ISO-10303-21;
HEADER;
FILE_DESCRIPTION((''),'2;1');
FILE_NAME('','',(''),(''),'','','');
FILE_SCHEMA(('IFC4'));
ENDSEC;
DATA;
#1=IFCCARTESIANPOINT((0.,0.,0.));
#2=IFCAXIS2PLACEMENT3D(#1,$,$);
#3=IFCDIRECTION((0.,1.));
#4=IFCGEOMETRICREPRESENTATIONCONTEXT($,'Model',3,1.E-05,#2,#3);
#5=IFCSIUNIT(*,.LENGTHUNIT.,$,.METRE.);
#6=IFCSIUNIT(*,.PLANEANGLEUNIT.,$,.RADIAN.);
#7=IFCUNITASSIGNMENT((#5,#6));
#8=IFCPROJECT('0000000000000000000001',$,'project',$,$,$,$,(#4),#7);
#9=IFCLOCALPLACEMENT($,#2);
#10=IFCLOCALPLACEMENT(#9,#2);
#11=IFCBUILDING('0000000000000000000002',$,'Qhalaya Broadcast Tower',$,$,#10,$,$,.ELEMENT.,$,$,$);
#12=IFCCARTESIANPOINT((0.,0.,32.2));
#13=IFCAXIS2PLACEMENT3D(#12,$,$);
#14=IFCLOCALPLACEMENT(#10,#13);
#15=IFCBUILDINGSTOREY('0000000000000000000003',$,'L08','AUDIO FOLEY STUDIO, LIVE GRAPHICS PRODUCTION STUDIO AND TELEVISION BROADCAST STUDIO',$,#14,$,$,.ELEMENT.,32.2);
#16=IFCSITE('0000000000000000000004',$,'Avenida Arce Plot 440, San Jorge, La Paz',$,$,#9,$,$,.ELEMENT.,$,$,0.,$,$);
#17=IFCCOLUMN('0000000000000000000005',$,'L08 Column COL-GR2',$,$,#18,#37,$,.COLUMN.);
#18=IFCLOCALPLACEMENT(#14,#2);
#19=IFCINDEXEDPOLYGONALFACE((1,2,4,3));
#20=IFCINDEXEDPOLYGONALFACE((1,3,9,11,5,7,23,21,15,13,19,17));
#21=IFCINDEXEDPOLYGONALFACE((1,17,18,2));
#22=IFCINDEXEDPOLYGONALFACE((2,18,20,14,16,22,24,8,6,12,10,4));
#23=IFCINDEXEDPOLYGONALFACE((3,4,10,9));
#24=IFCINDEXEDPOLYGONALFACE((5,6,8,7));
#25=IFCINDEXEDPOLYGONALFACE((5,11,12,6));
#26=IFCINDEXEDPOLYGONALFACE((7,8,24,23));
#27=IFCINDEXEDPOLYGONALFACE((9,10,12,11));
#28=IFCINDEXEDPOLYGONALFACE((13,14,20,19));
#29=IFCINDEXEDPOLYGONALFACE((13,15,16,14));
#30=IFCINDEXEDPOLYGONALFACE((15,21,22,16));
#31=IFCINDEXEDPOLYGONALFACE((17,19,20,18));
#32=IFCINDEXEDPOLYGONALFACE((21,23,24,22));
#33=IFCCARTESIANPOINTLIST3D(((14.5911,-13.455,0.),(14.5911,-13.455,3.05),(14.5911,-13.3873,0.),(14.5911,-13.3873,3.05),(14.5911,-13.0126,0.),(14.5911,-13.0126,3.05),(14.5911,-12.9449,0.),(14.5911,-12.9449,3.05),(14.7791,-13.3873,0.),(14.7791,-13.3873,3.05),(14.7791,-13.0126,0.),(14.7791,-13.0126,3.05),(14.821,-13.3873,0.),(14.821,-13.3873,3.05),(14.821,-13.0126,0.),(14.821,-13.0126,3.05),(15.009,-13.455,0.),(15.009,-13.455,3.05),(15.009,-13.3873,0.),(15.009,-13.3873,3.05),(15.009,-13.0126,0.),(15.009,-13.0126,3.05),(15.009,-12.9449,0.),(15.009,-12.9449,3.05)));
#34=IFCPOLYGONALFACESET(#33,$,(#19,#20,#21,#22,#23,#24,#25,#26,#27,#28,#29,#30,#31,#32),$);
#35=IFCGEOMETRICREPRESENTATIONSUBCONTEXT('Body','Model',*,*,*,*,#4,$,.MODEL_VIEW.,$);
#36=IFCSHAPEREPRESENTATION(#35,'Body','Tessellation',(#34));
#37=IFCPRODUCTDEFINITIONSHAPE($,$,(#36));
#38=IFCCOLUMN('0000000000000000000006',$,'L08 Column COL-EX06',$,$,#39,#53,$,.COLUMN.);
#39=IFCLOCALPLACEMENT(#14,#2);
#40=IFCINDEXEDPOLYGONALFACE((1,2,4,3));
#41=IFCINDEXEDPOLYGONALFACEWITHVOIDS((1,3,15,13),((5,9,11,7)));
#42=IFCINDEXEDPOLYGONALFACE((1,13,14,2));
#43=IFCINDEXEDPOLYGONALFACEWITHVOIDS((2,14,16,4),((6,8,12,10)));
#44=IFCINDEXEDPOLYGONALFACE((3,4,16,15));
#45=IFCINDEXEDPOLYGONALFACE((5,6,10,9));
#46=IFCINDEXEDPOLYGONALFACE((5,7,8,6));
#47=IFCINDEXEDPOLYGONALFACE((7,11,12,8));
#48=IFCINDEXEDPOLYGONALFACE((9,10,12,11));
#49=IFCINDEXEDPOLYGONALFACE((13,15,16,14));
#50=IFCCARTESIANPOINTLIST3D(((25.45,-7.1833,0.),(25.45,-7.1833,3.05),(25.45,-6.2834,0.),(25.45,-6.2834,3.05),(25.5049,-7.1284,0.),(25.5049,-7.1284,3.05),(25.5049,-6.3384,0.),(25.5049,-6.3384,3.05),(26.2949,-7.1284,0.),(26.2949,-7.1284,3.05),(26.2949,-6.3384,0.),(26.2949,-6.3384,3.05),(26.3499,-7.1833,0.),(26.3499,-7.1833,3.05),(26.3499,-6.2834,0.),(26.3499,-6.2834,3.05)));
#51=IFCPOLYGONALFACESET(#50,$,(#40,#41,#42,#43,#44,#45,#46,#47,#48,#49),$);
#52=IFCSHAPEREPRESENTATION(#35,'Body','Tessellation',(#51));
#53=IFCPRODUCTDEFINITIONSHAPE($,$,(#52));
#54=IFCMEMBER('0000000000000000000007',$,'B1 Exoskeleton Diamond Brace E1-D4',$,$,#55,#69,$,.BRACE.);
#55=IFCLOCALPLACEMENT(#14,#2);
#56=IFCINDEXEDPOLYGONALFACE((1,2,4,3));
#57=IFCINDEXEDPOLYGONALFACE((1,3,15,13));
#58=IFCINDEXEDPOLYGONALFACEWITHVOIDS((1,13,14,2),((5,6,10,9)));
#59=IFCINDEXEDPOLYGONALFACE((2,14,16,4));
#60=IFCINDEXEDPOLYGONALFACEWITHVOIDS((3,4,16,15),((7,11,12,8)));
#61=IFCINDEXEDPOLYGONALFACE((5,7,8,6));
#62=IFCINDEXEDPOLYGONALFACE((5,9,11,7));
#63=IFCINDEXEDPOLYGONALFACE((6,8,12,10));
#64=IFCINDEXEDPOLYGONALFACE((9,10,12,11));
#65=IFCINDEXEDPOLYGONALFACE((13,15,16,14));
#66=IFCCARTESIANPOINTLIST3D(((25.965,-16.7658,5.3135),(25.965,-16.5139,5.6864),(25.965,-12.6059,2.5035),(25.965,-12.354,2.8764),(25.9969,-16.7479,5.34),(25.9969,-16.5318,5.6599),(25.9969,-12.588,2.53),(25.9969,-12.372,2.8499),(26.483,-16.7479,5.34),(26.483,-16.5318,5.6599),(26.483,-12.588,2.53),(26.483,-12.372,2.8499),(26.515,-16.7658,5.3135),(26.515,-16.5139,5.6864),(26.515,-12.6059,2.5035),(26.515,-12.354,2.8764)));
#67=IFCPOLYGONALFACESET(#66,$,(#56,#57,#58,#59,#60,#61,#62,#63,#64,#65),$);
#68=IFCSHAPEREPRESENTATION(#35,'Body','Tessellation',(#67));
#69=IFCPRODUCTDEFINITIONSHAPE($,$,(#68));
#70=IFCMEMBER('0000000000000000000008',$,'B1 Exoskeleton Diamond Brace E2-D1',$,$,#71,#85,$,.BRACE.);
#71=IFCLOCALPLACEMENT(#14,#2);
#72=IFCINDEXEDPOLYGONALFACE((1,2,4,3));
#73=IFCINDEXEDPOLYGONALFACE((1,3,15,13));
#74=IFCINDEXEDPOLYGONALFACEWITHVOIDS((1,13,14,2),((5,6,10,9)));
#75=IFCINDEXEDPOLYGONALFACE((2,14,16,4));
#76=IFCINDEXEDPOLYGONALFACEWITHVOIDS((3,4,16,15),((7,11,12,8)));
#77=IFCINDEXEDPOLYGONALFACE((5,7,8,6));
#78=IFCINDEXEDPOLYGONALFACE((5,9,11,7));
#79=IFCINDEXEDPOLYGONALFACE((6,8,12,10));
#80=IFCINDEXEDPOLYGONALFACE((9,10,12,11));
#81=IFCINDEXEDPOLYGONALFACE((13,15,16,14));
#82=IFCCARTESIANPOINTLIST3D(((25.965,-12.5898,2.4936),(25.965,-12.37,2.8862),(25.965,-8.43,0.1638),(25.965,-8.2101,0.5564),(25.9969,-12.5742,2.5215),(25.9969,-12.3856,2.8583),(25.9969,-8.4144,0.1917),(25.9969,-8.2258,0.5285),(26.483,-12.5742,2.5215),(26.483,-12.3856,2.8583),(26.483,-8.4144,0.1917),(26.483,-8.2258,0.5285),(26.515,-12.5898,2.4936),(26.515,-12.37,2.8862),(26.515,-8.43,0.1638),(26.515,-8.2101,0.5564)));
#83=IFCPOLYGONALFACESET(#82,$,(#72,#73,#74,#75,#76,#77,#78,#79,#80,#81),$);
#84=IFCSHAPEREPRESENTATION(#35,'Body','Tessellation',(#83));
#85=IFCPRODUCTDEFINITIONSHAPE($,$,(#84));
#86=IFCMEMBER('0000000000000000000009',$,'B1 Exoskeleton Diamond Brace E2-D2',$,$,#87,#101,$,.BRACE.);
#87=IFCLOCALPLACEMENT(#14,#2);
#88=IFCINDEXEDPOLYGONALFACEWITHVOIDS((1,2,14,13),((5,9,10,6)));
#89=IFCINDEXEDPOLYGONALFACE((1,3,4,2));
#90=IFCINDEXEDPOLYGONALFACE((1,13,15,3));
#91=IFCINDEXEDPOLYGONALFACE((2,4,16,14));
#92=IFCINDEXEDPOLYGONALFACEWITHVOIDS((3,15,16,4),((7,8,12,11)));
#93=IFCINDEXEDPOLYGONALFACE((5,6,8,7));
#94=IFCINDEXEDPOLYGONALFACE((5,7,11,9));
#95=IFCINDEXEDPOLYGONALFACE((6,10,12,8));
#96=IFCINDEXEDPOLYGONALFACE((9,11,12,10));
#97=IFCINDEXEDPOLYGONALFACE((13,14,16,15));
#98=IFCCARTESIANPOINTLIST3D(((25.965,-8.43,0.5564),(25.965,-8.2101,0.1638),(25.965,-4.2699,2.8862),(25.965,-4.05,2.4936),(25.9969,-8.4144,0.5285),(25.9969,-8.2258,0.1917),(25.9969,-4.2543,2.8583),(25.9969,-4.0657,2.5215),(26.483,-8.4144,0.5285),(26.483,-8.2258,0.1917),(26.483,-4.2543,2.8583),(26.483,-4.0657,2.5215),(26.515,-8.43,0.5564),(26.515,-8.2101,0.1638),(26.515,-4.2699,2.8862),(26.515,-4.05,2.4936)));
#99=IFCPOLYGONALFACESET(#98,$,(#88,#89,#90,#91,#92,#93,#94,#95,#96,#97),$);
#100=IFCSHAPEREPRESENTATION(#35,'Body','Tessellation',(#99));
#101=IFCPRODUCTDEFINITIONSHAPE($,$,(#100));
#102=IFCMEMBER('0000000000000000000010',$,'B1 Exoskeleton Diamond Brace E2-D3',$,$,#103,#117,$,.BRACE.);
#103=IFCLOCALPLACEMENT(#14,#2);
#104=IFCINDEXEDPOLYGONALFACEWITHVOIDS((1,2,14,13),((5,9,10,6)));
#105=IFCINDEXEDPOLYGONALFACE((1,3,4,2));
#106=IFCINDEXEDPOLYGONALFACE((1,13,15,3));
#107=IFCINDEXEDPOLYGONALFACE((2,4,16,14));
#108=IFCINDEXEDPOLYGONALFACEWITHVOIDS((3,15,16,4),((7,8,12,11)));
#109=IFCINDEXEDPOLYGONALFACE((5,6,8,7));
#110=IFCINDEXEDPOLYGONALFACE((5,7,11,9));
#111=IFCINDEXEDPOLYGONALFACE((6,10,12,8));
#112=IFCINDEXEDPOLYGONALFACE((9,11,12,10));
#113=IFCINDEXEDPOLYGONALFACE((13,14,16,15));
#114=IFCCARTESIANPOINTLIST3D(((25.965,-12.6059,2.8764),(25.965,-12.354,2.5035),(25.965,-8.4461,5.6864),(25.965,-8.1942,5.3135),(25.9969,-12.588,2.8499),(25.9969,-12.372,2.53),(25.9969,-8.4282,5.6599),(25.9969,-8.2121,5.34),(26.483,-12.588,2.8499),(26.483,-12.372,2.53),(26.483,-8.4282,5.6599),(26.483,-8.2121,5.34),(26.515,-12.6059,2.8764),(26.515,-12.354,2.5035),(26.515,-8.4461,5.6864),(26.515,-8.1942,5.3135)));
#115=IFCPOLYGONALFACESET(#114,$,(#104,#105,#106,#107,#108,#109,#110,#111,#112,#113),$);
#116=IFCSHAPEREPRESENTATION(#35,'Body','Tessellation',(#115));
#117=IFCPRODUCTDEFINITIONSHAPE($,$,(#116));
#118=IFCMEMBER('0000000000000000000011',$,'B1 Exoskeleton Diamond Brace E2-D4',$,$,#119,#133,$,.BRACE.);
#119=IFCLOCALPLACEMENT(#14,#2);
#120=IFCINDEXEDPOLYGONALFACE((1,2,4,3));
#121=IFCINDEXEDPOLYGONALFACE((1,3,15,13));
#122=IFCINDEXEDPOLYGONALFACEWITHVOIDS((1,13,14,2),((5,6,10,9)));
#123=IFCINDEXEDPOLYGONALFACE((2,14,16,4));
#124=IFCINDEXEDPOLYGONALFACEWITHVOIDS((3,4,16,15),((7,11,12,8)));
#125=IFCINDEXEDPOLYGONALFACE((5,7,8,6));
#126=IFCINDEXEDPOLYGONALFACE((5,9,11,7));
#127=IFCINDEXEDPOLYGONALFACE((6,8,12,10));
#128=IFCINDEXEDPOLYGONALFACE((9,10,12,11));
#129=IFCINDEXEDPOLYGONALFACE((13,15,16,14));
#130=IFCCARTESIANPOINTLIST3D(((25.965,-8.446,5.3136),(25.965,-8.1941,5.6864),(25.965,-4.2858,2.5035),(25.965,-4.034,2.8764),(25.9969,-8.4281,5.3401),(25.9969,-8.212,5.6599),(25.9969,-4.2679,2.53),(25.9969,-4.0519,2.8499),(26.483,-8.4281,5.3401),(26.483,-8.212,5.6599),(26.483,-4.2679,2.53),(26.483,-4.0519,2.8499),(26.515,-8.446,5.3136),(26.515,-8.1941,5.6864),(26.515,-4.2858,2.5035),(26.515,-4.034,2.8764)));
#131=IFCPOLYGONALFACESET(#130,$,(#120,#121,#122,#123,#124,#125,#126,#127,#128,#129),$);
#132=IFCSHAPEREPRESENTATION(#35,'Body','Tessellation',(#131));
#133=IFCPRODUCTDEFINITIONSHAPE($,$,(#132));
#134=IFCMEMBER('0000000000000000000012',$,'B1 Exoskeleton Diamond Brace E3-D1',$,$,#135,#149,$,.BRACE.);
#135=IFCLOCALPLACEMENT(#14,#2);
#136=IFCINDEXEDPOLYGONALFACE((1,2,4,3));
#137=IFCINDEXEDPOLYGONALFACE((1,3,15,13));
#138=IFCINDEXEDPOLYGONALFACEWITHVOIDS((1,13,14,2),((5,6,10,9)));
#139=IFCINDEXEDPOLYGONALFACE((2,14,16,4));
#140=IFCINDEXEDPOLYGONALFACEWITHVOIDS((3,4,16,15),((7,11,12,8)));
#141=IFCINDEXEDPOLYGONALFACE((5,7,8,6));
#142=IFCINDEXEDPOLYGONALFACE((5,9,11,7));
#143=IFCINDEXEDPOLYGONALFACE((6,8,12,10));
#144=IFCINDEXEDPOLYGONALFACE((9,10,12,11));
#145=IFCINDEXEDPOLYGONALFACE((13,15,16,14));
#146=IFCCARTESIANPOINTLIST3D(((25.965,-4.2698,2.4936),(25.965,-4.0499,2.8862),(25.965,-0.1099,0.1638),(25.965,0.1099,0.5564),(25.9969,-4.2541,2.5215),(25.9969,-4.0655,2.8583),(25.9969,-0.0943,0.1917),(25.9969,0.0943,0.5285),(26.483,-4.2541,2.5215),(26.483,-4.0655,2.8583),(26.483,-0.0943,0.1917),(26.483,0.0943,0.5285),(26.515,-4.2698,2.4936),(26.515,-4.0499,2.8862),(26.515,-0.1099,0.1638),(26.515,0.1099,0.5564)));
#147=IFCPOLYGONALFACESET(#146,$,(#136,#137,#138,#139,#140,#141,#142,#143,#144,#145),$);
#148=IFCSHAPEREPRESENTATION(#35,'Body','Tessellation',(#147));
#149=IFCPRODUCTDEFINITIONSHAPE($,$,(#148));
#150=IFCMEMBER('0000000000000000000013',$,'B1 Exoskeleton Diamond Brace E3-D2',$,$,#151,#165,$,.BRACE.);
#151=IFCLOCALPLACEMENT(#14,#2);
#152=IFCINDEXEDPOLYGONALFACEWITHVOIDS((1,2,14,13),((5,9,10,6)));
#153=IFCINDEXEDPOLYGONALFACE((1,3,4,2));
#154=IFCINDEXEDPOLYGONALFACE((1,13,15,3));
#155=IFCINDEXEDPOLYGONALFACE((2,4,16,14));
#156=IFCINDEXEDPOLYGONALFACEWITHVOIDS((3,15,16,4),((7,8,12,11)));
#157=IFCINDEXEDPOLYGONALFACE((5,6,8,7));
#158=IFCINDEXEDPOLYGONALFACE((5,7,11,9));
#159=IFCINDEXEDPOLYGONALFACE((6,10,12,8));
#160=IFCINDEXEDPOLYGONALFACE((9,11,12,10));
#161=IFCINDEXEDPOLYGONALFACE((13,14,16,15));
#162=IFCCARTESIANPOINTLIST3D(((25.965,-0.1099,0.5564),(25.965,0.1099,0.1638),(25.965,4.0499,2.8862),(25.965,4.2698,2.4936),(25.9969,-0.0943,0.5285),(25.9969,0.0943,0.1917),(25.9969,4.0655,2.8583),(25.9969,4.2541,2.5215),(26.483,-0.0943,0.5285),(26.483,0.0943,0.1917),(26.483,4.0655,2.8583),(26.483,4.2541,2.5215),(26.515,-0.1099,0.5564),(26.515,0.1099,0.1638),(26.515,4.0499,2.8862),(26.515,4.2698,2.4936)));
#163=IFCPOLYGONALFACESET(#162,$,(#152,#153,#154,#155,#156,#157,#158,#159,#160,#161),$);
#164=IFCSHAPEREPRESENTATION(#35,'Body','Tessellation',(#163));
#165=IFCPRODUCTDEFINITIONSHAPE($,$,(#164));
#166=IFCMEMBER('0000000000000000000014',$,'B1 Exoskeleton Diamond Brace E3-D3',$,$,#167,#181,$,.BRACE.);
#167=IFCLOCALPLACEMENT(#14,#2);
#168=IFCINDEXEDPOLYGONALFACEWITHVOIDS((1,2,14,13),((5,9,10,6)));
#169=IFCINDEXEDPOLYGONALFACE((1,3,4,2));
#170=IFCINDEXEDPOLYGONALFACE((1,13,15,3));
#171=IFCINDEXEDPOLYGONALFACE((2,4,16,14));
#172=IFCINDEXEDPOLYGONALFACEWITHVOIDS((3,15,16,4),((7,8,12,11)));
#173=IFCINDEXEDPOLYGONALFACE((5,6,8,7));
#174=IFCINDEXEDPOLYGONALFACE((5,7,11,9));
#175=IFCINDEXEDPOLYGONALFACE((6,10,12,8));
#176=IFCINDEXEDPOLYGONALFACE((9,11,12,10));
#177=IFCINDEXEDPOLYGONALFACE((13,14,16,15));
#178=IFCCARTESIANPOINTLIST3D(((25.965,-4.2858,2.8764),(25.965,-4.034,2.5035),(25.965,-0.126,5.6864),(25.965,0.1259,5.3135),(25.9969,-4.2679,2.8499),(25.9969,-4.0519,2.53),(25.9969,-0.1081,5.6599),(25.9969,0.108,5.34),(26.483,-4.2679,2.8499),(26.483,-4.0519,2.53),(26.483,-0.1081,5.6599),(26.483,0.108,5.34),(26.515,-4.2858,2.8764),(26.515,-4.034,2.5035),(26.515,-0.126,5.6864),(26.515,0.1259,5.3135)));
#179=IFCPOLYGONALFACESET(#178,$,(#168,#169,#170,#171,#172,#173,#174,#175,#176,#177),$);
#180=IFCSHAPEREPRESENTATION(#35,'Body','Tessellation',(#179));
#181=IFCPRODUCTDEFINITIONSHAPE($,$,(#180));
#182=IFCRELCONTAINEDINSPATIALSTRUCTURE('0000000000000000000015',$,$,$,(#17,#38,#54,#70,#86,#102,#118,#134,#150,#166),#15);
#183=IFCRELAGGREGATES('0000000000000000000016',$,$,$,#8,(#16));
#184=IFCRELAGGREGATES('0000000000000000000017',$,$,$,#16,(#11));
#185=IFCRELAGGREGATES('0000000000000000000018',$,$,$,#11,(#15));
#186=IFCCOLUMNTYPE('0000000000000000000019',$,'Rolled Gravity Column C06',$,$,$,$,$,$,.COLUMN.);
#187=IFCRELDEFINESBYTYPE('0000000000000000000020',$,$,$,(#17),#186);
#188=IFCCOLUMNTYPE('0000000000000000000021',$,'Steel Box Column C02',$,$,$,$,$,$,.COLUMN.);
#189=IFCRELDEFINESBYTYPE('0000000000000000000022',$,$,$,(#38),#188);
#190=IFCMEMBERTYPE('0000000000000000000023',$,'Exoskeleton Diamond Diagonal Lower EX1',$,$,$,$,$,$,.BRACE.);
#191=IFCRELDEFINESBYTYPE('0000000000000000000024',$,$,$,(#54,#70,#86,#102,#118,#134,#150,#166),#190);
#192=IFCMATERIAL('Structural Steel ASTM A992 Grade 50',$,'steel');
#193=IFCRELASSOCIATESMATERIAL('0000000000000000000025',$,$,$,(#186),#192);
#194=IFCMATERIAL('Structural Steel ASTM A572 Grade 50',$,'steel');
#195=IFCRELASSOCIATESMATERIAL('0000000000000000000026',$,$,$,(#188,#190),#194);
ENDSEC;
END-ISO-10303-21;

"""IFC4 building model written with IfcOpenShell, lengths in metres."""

from ifc_helpers import new_model, si_unit, direction, frame, origin, origin_2d, place, context, subcontext, project, spatial, hollow_rectangle, i_section, extrude, material, material_profile, profile_set, type_object, element, save


model = new_model("IFC4")

# Units and contexts
model_context = context("Model", 3, precision=1e-05, world=origin(), true_north=direction((0.0, 1.0)))
body_context = subcontext(model_context, "Body", "Model", "MODEL_VIEW")
ifc_project = project(units=[si_unit("LENGTHUNIT", "METRE"), si_unit("PLANEANGLEUNIT", "RADIAN")], contexts=[model_context])

# Site, building, storey
site_placement = place(None, origin())
site = spatial("IfcSite", under=ifc_project, at=site_placement, Name="Avenida Arce Plot 440, San Jorge, La Paz", CompositionType="ELEMENT", RefElevation=0.0)
building_placement = place(site_placement, origin())
building = spatial("IfcBuilding", under=site, at=building_placement, Name="Qhalaya Broadcast Tower", CompositionType="ELEMENT")
storey_placement = place(building_placement, frame((0.0, 0.0, 32.2)))
storey = spatial("IfcBuildingStorey", under=building, at=storey_placement, Name="L08", Description="AUDIO FOLEY STUDIO, LIVE GRAPHICS PRODUCTION STUDIO AND TELEVISION BROADCAST STUDIO", CompositionType="ELEMENT", Elevation=32.2)

# Columns
ifc_material_1 = material(Name="Structural Steel ASTM A992 Grade 50", Category="steel")
ifc_material_profile_1 = material_profile(ifc_material_1, i_section(OverallWidth=0.418, OverallDepth=0.51, WebThickness=0.042, FlangeThickness=0.0676, at=origin_2d()), Name="W14X370")
ifc_profile_set_1 = profile_set([ifc_material_profile_1], Name="Structural Steel ASTM A992 Grade 50")
column_type_1 = type_object("IfcColumnType", Name="Rolled Gravity Column C06", PredefinedType="COLUMN", material=ifc_profile_set_1)
column_1_placement = place(storey_placement, frame((14.8, -13.2, 0.0), z_axis=(0.0, 0.0, 1.0), x_axis=(1.0, 0.0, 0.0)))
element("IfcColumn", 1, at=column_1_placement, inside=storey, type_object=column_type_1, Name="L08 Column COL-GR2", PredefinedType="COLUMN", context=body_context, shape_type="SweptSolid", body=[
    extrude(i_section(OverallWidth=0.418, OverallDepth=0.51, WebThickness=0.042, FlangeThickness=0.0676, at=origin_2d()), origin(), (0.0, 0.0, 1.0), 3.05),
])
ifc_material_2 = material(Name="Structural Steel ASTM A572 Grade 50", Category="steel")
ifc_material_profile_2 = material_profile(ifc_material_2, hollow_rectangle(XDim=0.8999, YDim=0.8999, WallThickness=0.0549, at=origin_2d()), Name="BOX 900x900x55")
ifc_profile_set_2 = profile_set([ifc_material_profile_2], Name="Structural Steel ASTM A572 Grade 50")
column_type_2 = type_object("IfcColumnType", Name="Steel Box Column C02", PredefinedType="COLUMN", material=ifc_profile_set_2)
column_2_placement = place(storey_placement, frame((25.8999, -6.7334, 0.0), z_axis=(0.0, 0.0, 1.0), x_axis=(0.0, 1.0, 0.0)))
element("IfcColumn", 2, at=column_2_placement, inside=storey, type_object=column_type_2, Name="L08 Column COL-EX06", PredefinedType="COLUMN", context=body_context, shape_type="SweptSolid", body=[
    extrude(hollow_rectangle(XDim=0.8999, YDim=0.8999, WallThickness=0.0549, at=origin_2d()), origin(), (0.0, 0.0, 1.0), 3.05),
])

# Members
ifc_material_profile_3 = material_profile(ifc_material_2, hollow_rectangle(XDim=0.45, YDim=0.55, WallThickness=0.032, at=origin_2d()), Name="BOX 450x550x32")
ifc_profile_set_3 = profile_set([ifc_material_profile_3], Name="Structural Steel ASTM A572 Grade 50")
member_type = type_object("IfcMemberType", Name="Exoskeleton Diamond Diagonal Lower EX1", PredefinedType="BRACE", material=ifc_profile_set_3)
member_1_placement = place(storey_placement, frame((26.24, -12.48, 2.6899), z_axis=(0.0, -0.828653, 0.559763), x_axis=(0.0, 0.559763, 0.828653)))
element("IfcMember", 3, at=member_1_placement, inside=storey, type_object=member_type, Name="B1 Exoskeleton Diamond Brace E1-D4", PredefinedType="BRACE", context=body_context, shape_type="SweptSolid", body=[
    extrude(hollow_rectangle(XDim=0.45, YDim=0.55, WallThickness=0.032, at=origin_2d()), origin(), (0.0, 0.0, 1.0), 5.02),
])
member_2_placement = place(storey_placement, frame((26.24, -8.3201, 0.3601), z_axis=(0.0, -0.872481, 0.488649), x_axis=(0.0, 0.488649, 0.872481)))
element("IfcMember", 4, at=member_2_placement, inside=storey, type_object=member_type, Name="B1 Exoskeleton Diamond Brace E2-D1", PredefinedType="BRACE", context=body_context, shape_type="SweptSolid", body=[
    extrude(hollow_rectangle(XDim=0.45, YDim=0.55, WallThickness=0.032, at=origin_2d()), origin(), (0.0, 0.0, 1.0), 4.7678),
])
member_3_placement = place(storey_placement, frame((26.24, -8.3201, 0.3601), z_axis=(0.0, 0.872493, 0.488627), x_axis=(0.0, -0.488627, 0.872493)))
element("IfcMember", 5, at=member_3_placement, inside=storey, type_object=member_type, Name="B1 Exoskeleton Diamond Brace E2-D2", PredefinedType="BRACE", context=body_context, shape_type="SweptSolid", body=[
    extrude(hollow_rectangle(XDim=0.45, YDim=0.55, WallThickness=0.032, at=origin_2d()), origin(), (0.0, 0.0, 1.0), 4.7681),
])
member_4_placement = place(storey_placement, frame((26.24, -12.48, 2.6899), z_axis=(0.0, 0.828653, 0.559763), x_axis=(0.0, -0.559763, 0.828653)))
element("IfcMember", 6, at=member_4_placement, inside=storey, type_object=member_type, Name="B1 Exoskeleton Diamond Brace E2-D3", PredefinedType="BRACE", context=body_context, shape_type="SweptSolid", body=[
    extrude(hollow_rectangle(XDim=0.45, YDim=0.55, WallThickness=0.032, at=origin_2d()), origin(), (0.0, 0.0, 1.0), 5.02),
])
member_5_placement = place(storey_placement, frame((26.24, -4.1599, 2.6899), z_axis=(0.0, -0.828668, 0.55974), x_axis=(0.0, 0.55974, 0.828668)))
element("IfcMember", 7, at=member_5_placement, inside=storey, type_object=member_type, Name="B1 Exoskeleton Diamond Brace E2-D4", PredefinedType="BRACE", context=body_context, shape_type="SweptSolid", body=[
    extrude(hollow_rectangle(XDim=0.45, YDim=0.55, WallThickness=0.032, at=origin_2d()), origin(), (0.0, 0.0, 1.0), 5.0203),
])
for number, where, z_axis, x_axis, name in (
    (8, (26.24, 0.0, 0.3601), (0.0, -0.872481, 0.488649), (0.0, 0.488649, 0.872481), "B1 Exoskeleton Diamond Brace E3-D1"),
    (9, (26.24, 0.0, 0.3601), (0.0, 0.872481, 0.488649), (0.0, -0.488649, 0.872481), "B1 Exoskeleton Diamond Brace E3-D2"),
):
    element("IfcMember", number, at=place(storey_placement, frame(where, z_axis=z_axis, x_axis=x_axis)), inside=storey, type_object=member_type, Name=name, PredefinedType="BRACE", context=body_context, shape_type="SweptSolid", body=[
        extrude(hollow_rectangle(XDim=0.45, YDim=0.55, WallThickness=0.032, at=origin_2d()), origin(), (0.0, 0.0, 1.0), 4.7678),
    ])
member_6_placement = place(storey_placement, frame((26.24, -4.1599, 2.6899), z_axis=(0.0, 0.828653, 0.559763), x_axis=(0.0, -0.559763, 0.828653)))
element("IfcMember", 10, at=member_6_placement, inside=storey, type_object=member_type, Name="B1 Exoskeleton Diamond Brace E3-D3", PredefinedType="BRACE", context=body_context, shape_type="SweptSolid", body=[
    extrude(hollow_rectangle(XDim=0.45, YDim=0.55, WallThickness=0.032, at=origin_2d()), origin(), (0.0, 0.0, 1.0), 5.02),
])

save(model, "model.ifc")
